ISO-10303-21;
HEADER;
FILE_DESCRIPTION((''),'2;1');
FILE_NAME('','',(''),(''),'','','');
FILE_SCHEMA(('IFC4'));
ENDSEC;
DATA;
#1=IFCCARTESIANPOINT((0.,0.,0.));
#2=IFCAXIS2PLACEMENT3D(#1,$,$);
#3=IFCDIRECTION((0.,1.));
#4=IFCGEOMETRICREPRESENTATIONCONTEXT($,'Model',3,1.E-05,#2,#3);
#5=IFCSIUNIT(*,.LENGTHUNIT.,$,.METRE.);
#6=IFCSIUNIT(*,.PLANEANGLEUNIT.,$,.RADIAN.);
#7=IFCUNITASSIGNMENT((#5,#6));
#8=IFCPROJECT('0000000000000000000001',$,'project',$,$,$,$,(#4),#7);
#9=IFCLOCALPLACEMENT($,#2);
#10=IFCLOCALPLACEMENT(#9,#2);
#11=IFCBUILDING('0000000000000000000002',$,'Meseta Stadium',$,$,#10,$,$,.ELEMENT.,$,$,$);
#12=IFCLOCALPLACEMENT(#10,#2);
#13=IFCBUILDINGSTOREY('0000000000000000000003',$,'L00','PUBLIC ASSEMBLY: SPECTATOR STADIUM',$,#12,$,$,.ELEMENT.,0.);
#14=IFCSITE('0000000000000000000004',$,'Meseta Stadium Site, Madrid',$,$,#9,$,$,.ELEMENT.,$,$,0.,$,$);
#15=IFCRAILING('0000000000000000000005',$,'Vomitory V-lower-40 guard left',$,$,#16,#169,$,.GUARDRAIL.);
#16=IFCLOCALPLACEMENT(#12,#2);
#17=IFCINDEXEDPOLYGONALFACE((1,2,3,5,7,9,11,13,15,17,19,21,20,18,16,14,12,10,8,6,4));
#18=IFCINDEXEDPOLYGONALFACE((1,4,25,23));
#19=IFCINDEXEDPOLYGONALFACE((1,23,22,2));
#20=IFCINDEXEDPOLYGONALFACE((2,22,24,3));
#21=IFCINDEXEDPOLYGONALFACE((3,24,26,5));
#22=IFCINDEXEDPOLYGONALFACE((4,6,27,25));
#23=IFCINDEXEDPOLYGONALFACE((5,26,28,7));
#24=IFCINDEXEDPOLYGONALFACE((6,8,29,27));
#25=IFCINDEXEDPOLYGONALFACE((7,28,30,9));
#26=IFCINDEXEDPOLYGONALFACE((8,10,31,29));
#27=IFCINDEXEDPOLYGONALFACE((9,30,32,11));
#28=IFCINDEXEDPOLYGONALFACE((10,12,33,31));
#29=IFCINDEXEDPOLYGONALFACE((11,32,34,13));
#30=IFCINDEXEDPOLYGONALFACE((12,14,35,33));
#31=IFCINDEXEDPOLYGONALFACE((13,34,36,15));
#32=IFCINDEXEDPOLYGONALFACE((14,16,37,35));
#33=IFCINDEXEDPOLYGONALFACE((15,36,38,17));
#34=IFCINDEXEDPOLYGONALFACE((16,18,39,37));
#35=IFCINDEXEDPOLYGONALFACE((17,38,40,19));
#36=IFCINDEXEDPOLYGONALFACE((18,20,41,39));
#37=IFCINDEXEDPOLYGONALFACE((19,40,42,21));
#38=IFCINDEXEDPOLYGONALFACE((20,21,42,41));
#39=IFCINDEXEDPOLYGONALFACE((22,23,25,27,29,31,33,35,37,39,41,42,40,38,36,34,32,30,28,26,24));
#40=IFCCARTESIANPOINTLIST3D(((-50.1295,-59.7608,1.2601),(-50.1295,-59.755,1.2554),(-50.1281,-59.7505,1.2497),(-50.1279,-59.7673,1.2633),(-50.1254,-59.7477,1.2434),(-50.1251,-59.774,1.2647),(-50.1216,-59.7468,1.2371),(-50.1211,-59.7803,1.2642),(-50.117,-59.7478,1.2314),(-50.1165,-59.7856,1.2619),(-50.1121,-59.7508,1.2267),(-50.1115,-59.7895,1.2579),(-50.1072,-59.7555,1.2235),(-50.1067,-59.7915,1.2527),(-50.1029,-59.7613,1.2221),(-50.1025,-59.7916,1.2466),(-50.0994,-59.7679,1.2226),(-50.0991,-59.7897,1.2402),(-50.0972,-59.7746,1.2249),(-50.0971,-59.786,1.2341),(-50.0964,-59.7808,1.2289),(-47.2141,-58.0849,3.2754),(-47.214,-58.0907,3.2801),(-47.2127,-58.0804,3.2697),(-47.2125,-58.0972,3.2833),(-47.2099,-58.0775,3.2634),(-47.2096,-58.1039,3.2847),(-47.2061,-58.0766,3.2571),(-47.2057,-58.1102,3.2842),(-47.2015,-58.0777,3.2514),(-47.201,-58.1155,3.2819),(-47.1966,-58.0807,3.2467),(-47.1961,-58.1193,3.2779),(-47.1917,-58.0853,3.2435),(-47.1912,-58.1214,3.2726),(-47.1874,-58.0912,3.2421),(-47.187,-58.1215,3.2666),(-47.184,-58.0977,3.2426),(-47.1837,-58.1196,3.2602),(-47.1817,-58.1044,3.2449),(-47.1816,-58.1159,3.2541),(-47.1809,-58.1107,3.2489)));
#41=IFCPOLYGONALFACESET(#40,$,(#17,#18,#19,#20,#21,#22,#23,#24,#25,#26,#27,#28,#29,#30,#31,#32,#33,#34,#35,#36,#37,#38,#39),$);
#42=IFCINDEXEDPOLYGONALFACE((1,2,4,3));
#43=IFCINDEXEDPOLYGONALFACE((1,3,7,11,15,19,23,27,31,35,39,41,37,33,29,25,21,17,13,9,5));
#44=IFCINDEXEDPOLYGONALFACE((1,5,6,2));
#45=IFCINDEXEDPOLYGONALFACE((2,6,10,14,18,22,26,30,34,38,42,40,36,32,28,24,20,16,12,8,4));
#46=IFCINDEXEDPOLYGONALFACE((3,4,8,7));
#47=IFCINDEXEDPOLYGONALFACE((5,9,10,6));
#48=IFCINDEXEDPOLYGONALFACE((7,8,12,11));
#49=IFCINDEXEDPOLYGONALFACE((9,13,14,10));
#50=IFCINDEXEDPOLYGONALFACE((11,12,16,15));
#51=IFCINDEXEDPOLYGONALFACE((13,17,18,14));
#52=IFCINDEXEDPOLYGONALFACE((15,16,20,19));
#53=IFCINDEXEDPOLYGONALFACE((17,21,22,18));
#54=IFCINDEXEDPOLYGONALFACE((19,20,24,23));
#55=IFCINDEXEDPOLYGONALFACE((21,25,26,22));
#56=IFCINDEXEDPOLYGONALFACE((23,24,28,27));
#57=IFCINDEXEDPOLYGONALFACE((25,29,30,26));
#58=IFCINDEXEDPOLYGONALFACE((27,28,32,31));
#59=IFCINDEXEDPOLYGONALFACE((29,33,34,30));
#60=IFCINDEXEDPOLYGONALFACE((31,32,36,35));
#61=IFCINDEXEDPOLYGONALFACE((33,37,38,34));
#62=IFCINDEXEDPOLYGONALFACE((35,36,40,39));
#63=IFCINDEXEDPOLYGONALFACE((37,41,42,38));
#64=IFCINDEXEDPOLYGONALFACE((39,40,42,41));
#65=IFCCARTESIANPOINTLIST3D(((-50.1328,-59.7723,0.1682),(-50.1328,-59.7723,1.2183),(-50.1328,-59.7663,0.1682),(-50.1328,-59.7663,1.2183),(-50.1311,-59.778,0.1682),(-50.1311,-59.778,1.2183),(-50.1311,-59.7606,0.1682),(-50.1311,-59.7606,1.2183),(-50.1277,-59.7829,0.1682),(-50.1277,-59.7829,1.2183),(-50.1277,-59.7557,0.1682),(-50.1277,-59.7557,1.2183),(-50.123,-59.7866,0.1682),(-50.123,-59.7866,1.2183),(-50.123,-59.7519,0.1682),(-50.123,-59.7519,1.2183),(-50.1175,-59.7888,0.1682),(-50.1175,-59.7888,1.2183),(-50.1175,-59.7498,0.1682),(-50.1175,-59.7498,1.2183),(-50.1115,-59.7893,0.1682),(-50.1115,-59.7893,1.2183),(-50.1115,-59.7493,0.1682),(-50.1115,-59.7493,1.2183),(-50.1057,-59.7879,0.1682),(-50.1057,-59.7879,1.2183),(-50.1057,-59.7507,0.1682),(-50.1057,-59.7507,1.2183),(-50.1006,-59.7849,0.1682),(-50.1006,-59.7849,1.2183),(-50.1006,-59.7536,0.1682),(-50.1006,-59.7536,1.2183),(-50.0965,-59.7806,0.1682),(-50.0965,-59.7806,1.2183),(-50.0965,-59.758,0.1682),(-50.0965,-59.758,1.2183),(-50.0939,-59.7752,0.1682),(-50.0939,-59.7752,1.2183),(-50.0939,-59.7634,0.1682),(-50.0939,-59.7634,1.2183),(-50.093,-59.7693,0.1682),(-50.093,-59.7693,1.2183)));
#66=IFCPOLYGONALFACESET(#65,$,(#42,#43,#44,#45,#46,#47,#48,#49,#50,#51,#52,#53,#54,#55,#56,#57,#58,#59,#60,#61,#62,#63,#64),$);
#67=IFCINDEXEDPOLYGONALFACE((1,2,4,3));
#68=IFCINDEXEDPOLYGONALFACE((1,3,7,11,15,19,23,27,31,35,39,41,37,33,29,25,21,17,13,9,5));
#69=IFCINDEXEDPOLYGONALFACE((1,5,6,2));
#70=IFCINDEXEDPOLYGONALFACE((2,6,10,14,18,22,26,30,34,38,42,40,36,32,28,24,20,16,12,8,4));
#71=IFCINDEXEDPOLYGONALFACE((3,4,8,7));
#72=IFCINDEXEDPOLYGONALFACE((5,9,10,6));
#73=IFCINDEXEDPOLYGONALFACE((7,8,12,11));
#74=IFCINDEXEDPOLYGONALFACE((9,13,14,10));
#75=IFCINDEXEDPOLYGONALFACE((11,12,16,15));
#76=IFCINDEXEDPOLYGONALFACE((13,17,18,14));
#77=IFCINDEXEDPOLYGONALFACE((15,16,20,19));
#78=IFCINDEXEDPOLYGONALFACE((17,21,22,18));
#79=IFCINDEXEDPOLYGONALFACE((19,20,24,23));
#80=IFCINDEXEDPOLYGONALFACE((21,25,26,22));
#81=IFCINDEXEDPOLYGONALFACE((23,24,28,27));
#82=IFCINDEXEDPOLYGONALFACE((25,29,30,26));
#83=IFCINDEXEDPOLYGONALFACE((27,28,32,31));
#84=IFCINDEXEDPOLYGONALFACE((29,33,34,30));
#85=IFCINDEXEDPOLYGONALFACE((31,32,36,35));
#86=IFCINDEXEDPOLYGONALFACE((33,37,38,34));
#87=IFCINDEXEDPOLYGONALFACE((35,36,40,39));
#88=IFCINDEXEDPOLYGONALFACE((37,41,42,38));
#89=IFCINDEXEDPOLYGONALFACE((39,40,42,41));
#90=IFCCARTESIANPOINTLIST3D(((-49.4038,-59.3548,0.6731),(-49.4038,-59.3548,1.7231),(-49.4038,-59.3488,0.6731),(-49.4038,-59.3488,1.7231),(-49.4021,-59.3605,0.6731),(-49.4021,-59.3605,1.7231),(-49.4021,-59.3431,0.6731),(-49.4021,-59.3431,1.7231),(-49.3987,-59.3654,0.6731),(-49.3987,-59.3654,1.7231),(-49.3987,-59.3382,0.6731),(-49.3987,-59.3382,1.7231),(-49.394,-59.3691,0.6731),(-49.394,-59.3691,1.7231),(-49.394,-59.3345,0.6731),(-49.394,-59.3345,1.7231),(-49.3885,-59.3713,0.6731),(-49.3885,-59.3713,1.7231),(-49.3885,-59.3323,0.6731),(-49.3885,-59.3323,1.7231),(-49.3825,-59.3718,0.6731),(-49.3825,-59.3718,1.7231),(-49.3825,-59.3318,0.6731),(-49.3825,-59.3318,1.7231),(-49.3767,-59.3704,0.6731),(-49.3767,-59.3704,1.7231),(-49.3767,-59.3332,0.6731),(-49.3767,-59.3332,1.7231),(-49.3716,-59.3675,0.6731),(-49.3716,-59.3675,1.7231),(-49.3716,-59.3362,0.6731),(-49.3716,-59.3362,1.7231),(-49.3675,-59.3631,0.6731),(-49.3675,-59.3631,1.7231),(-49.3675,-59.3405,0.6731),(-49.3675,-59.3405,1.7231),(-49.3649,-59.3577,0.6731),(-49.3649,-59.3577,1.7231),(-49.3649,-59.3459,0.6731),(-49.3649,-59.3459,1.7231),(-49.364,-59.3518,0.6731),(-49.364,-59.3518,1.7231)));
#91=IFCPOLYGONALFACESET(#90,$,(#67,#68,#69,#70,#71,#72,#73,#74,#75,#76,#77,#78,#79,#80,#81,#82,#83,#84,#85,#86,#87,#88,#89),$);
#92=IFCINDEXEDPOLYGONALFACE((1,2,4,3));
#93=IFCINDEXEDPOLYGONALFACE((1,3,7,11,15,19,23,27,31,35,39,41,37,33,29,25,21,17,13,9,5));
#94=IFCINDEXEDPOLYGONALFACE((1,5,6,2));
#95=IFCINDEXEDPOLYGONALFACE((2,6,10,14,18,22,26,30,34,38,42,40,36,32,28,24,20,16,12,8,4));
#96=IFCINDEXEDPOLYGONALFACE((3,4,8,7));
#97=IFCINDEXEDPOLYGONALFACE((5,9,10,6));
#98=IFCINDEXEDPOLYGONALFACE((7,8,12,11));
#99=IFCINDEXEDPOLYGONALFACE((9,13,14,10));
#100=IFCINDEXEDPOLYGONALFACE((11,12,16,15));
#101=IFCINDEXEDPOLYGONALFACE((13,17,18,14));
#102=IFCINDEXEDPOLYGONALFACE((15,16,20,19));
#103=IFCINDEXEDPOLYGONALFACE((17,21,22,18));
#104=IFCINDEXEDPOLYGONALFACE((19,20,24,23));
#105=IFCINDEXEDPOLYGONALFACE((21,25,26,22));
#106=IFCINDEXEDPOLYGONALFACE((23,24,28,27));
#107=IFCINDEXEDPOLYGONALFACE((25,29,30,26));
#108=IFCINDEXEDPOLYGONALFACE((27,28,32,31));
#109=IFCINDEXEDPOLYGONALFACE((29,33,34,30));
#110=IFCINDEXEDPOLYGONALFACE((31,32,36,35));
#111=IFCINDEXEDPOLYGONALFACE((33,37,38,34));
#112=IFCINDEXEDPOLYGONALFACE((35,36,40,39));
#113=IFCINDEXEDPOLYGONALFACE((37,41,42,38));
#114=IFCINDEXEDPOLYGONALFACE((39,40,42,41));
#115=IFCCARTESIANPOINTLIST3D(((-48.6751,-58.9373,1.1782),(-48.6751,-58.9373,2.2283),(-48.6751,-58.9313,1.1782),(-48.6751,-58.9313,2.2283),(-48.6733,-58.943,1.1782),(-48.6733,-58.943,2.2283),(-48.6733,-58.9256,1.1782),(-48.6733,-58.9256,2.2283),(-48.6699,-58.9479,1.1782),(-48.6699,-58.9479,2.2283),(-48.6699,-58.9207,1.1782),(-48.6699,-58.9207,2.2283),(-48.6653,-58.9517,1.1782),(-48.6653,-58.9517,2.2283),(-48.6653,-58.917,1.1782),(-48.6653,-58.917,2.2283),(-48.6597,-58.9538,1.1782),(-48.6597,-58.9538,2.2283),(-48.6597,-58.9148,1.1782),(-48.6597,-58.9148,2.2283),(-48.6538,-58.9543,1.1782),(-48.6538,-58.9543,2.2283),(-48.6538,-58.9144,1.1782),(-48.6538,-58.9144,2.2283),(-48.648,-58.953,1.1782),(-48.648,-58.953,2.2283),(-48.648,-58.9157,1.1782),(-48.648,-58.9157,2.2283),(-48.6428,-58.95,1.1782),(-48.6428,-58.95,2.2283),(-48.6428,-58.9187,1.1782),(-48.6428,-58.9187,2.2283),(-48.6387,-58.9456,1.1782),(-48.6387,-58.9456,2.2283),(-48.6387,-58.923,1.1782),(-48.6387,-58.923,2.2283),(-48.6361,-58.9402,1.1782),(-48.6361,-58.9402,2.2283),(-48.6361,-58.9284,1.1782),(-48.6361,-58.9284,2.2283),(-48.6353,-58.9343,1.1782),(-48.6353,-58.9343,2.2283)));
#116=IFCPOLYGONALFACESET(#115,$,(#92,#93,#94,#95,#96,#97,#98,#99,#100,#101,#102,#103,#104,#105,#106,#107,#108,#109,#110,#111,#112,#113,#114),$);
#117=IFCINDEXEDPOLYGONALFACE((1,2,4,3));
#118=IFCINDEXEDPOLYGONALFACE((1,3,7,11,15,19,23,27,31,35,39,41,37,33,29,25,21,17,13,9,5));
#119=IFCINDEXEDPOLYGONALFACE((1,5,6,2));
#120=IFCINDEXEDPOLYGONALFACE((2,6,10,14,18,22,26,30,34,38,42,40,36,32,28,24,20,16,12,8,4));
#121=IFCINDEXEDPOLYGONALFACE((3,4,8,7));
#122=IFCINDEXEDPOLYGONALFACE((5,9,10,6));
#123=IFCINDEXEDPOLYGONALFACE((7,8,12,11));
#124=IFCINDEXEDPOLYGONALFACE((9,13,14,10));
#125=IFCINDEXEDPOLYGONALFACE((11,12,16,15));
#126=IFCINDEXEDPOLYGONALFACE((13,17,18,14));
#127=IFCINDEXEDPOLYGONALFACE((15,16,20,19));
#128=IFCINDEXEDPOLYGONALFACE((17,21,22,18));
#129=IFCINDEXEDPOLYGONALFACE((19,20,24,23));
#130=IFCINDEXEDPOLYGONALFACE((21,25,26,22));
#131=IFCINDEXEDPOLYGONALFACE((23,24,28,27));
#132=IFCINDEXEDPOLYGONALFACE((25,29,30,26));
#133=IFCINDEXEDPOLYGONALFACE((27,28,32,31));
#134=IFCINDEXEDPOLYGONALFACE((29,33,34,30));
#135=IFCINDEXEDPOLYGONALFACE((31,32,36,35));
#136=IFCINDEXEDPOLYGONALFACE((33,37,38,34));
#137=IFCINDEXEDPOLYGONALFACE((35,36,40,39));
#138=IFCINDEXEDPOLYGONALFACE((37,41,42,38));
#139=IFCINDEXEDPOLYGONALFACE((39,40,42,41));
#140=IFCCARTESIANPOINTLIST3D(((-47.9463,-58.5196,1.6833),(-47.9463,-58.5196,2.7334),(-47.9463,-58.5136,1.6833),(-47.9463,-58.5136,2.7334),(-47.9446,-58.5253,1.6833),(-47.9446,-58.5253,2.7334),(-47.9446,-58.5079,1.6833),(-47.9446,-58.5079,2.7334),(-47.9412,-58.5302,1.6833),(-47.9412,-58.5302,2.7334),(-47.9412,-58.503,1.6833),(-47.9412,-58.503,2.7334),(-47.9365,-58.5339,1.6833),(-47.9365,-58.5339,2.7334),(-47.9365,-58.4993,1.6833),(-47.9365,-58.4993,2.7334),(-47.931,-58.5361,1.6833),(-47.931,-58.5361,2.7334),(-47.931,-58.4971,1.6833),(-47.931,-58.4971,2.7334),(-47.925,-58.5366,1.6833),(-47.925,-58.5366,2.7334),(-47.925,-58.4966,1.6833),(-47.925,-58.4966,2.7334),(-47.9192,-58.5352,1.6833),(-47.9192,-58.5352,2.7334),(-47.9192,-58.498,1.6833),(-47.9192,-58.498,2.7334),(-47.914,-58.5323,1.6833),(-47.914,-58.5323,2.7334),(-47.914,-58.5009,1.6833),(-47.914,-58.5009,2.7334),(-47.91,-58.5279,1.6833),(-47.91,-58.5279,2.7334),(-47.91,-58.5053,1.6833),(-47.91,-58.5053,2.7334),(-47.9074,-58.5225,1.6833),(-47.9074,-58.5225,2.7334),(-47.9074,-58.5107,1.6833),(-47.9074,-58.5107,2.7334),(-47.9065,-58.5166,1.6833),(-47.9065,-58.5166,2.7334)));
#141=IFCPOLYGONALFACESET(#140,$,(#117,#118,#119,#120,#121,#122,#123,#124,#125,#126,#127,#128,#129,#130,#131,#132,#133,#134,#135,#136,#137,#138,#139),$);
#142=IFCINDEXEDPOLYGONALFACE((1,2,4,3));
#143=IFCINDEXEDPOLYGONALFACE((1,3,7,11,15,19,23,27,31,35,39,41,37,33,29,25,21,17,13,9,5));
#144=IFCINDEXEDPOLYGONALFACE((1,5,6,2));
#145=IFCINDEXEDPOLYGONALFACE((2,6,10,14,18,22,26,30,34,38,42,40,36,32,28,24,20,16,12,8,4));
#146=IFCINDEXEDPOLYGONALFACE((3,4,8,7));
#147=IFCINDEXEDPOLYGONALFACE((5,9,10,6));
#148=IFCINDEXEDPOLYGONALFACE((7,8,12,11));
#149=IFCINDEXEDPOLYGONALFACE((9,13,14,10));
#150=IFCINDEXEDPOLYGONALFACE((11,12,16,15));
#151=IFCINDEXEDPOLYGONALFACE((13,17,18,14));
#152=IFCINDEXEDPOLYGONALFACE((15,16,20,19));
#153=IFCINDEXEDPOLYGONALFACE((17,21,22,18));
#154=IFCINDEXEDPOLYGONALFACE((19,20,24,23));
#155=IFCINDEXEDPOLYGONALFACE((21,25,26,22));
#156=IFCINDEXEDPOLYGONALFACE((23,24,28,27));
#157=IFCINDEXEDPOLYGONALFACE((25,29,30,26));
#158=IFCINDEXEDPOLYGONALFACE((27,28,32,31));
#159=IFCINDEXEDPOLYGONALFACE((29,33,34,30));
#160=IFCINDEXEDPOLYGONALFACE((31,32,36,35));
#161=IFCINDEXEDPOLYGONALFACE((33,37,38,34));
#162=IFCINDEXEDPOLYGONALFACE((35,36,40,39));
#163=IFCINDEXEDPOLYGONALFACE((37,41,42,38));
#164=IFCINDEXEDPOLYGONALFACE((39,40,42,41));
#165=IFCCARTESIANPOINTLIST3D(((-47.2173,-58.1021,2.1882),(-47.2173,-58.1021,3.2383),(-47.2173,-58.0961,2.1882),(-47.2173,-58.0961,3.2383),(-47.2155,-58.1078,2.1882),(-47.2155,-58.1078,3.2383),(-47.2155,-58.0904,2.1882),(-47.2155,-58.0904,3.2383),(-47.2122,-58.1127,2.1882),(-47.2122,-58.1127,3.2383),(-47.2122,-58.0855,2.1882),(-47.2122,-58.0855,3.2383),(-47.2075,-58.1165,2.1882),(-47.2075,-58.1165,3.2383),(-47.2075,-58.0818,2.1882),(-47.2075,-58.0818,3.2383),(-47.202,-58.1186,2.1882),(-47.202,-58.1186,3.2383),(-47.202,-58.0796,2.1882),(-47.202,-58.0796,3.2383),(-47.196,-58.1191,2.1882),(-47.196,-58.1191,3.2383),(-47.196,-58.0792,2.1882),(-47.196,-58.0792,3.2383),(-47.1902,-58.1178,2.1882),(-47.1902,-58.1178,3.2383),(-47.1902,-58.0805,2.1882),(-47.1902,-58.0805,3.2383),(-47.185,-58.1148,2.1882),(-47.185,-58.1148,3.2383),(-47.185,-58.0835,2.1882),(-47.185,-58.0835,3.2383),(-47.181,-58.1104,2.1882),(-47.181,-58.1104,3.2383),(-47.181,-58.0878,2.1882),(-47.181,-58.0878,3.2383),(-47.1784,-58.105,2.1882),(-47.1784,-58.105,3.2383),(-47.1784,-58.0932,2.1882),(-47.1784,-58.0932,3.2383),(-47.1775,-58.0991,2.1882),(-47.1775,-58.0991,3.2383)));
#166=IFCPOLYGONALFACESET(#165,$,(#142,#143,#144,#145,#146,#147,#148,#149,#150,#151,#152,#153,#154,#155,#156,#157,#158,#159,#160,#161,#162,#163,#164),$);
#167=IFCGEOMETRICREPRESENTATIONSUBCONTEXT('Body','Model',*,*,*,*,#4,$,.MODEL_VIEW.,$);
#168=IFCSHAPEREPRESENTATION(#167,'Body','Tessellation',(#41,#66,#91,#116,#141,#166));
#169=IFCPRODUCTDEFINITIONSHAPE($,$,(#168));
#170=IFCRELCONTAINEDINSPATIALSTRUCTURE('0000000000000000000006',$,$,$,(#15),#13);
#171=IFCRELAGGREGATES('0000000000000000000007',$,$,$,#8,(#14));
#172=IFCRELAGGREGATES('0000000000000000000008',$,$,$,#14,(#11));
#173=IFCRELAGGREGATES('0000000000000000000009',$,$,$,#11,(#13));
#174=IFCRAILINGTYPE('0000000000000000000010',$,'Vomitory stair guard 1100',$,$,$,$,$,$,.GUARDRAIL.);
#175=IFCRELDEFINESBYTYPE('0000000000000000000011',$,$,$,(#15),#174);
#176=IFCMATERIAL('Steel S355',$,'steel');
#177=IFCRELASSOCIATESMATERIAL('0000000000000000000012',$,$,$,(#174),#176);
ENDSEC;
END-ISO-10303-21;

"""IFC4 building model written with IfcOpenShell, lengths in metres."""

from ifc_helpers import new_model, si_unit, direction, frame, origin, origin_2d, place, context, subcontext, project, spatial, circle, extrude, material, type_object, element, save


model = new_model("IFC4")

# Units and contexts
model_context = context("Model", 3, precision=1e-05, world=origin(), true_north=direction((0.0, 1.0)))
body_context = subcontext(model_context, "Body", "Model", "MODEL_VIEW")
ifc_project = project(units=[si_unit("LENGTHUNIT", "METRE"), si_unit("PLANEANGLEUNIT", "RADIAN")], contexts=[model_context])

# Site, building, storey
site_placement = place(None, origin())
site = spatial("IfcSite", under=ifc_project, at=site_placement, Name="Meseta Stadium Site, Madrid", CompositionType="ELEMENT", RefElevation=0.0)
building_placement = place(site_placement, origin())
building = spatial("IfcBuilding", under=site, at=building_placement, Name="Meseta Stadium", CompositionType="ELEMENT")
storey_placement = place(building_placement, origin())
storey = spatial("IfcBuildingStorey", under=building, at=storey_placement, Name="L00", Description="PUBLIC ASSEMBLY: SPECTATOR STADIUM", CompositionType="ELEMENT", Elevation=0.0)

# Railing
ifc_material_1 = material(Name="Steel S355", Category="steel")
railing_type_1 = type_object("IfcRailingType", Name="Vomitory stair guard 1100", PredefinedType="GUARDRAIL", material=ifc_material_1)
for number, where, name in (
    (1, (-50.113, -59.7693, 0.1682), "Vomitory V-lower-40 guard left"),
):
    element("IfcRailing", number, at=place(storey_placement, frame(where)), inside=storey, type_object=railing_type_1, Name=name, PredefinedType="GUARDRAIL", context=body_context, shape_type="SweptSolid", body=[
        extrude(circle(Radius=0.0249, at=origin_2d()), frame((0.0, 0.0, 1.0752), z_axis=(0.743664, 0.42601, 0.515247), x_axis=(-0.49707, 0.867711, 0.0)), (0.0, 0.0, 1.0), 3.9204),
        extrude(circle(Radius=0.02, at=origin_2d()), origin(), (0.0, 0.0, 1.0), 1.05),
        extrude(circle(Radius=0.02, at=origin_2d()), frame((0.729, 0.4175, 0.5049)), (0.0, 0.0, 1.0), 1.05),
        extrude(circle(Radius=0.02, at=origin_2d()), frame((1.4578, 0.835, 1.01)), (0.0, 0.0, 1.0), 1.05),
        extrude(circle(Radius=0.02, at=origin_2d()), frame((2.1865, 1.2527, 1.5151)), (0.0, 0.0, 1.0), 1.05),
        extrude(circle(Radius=0.02, at=origin_2d()), frame((2.9155, 1.6702, 2.02)), (0.0, 0.0, 1.0), 1.05),
    ])

save(model, "model.ifc")
